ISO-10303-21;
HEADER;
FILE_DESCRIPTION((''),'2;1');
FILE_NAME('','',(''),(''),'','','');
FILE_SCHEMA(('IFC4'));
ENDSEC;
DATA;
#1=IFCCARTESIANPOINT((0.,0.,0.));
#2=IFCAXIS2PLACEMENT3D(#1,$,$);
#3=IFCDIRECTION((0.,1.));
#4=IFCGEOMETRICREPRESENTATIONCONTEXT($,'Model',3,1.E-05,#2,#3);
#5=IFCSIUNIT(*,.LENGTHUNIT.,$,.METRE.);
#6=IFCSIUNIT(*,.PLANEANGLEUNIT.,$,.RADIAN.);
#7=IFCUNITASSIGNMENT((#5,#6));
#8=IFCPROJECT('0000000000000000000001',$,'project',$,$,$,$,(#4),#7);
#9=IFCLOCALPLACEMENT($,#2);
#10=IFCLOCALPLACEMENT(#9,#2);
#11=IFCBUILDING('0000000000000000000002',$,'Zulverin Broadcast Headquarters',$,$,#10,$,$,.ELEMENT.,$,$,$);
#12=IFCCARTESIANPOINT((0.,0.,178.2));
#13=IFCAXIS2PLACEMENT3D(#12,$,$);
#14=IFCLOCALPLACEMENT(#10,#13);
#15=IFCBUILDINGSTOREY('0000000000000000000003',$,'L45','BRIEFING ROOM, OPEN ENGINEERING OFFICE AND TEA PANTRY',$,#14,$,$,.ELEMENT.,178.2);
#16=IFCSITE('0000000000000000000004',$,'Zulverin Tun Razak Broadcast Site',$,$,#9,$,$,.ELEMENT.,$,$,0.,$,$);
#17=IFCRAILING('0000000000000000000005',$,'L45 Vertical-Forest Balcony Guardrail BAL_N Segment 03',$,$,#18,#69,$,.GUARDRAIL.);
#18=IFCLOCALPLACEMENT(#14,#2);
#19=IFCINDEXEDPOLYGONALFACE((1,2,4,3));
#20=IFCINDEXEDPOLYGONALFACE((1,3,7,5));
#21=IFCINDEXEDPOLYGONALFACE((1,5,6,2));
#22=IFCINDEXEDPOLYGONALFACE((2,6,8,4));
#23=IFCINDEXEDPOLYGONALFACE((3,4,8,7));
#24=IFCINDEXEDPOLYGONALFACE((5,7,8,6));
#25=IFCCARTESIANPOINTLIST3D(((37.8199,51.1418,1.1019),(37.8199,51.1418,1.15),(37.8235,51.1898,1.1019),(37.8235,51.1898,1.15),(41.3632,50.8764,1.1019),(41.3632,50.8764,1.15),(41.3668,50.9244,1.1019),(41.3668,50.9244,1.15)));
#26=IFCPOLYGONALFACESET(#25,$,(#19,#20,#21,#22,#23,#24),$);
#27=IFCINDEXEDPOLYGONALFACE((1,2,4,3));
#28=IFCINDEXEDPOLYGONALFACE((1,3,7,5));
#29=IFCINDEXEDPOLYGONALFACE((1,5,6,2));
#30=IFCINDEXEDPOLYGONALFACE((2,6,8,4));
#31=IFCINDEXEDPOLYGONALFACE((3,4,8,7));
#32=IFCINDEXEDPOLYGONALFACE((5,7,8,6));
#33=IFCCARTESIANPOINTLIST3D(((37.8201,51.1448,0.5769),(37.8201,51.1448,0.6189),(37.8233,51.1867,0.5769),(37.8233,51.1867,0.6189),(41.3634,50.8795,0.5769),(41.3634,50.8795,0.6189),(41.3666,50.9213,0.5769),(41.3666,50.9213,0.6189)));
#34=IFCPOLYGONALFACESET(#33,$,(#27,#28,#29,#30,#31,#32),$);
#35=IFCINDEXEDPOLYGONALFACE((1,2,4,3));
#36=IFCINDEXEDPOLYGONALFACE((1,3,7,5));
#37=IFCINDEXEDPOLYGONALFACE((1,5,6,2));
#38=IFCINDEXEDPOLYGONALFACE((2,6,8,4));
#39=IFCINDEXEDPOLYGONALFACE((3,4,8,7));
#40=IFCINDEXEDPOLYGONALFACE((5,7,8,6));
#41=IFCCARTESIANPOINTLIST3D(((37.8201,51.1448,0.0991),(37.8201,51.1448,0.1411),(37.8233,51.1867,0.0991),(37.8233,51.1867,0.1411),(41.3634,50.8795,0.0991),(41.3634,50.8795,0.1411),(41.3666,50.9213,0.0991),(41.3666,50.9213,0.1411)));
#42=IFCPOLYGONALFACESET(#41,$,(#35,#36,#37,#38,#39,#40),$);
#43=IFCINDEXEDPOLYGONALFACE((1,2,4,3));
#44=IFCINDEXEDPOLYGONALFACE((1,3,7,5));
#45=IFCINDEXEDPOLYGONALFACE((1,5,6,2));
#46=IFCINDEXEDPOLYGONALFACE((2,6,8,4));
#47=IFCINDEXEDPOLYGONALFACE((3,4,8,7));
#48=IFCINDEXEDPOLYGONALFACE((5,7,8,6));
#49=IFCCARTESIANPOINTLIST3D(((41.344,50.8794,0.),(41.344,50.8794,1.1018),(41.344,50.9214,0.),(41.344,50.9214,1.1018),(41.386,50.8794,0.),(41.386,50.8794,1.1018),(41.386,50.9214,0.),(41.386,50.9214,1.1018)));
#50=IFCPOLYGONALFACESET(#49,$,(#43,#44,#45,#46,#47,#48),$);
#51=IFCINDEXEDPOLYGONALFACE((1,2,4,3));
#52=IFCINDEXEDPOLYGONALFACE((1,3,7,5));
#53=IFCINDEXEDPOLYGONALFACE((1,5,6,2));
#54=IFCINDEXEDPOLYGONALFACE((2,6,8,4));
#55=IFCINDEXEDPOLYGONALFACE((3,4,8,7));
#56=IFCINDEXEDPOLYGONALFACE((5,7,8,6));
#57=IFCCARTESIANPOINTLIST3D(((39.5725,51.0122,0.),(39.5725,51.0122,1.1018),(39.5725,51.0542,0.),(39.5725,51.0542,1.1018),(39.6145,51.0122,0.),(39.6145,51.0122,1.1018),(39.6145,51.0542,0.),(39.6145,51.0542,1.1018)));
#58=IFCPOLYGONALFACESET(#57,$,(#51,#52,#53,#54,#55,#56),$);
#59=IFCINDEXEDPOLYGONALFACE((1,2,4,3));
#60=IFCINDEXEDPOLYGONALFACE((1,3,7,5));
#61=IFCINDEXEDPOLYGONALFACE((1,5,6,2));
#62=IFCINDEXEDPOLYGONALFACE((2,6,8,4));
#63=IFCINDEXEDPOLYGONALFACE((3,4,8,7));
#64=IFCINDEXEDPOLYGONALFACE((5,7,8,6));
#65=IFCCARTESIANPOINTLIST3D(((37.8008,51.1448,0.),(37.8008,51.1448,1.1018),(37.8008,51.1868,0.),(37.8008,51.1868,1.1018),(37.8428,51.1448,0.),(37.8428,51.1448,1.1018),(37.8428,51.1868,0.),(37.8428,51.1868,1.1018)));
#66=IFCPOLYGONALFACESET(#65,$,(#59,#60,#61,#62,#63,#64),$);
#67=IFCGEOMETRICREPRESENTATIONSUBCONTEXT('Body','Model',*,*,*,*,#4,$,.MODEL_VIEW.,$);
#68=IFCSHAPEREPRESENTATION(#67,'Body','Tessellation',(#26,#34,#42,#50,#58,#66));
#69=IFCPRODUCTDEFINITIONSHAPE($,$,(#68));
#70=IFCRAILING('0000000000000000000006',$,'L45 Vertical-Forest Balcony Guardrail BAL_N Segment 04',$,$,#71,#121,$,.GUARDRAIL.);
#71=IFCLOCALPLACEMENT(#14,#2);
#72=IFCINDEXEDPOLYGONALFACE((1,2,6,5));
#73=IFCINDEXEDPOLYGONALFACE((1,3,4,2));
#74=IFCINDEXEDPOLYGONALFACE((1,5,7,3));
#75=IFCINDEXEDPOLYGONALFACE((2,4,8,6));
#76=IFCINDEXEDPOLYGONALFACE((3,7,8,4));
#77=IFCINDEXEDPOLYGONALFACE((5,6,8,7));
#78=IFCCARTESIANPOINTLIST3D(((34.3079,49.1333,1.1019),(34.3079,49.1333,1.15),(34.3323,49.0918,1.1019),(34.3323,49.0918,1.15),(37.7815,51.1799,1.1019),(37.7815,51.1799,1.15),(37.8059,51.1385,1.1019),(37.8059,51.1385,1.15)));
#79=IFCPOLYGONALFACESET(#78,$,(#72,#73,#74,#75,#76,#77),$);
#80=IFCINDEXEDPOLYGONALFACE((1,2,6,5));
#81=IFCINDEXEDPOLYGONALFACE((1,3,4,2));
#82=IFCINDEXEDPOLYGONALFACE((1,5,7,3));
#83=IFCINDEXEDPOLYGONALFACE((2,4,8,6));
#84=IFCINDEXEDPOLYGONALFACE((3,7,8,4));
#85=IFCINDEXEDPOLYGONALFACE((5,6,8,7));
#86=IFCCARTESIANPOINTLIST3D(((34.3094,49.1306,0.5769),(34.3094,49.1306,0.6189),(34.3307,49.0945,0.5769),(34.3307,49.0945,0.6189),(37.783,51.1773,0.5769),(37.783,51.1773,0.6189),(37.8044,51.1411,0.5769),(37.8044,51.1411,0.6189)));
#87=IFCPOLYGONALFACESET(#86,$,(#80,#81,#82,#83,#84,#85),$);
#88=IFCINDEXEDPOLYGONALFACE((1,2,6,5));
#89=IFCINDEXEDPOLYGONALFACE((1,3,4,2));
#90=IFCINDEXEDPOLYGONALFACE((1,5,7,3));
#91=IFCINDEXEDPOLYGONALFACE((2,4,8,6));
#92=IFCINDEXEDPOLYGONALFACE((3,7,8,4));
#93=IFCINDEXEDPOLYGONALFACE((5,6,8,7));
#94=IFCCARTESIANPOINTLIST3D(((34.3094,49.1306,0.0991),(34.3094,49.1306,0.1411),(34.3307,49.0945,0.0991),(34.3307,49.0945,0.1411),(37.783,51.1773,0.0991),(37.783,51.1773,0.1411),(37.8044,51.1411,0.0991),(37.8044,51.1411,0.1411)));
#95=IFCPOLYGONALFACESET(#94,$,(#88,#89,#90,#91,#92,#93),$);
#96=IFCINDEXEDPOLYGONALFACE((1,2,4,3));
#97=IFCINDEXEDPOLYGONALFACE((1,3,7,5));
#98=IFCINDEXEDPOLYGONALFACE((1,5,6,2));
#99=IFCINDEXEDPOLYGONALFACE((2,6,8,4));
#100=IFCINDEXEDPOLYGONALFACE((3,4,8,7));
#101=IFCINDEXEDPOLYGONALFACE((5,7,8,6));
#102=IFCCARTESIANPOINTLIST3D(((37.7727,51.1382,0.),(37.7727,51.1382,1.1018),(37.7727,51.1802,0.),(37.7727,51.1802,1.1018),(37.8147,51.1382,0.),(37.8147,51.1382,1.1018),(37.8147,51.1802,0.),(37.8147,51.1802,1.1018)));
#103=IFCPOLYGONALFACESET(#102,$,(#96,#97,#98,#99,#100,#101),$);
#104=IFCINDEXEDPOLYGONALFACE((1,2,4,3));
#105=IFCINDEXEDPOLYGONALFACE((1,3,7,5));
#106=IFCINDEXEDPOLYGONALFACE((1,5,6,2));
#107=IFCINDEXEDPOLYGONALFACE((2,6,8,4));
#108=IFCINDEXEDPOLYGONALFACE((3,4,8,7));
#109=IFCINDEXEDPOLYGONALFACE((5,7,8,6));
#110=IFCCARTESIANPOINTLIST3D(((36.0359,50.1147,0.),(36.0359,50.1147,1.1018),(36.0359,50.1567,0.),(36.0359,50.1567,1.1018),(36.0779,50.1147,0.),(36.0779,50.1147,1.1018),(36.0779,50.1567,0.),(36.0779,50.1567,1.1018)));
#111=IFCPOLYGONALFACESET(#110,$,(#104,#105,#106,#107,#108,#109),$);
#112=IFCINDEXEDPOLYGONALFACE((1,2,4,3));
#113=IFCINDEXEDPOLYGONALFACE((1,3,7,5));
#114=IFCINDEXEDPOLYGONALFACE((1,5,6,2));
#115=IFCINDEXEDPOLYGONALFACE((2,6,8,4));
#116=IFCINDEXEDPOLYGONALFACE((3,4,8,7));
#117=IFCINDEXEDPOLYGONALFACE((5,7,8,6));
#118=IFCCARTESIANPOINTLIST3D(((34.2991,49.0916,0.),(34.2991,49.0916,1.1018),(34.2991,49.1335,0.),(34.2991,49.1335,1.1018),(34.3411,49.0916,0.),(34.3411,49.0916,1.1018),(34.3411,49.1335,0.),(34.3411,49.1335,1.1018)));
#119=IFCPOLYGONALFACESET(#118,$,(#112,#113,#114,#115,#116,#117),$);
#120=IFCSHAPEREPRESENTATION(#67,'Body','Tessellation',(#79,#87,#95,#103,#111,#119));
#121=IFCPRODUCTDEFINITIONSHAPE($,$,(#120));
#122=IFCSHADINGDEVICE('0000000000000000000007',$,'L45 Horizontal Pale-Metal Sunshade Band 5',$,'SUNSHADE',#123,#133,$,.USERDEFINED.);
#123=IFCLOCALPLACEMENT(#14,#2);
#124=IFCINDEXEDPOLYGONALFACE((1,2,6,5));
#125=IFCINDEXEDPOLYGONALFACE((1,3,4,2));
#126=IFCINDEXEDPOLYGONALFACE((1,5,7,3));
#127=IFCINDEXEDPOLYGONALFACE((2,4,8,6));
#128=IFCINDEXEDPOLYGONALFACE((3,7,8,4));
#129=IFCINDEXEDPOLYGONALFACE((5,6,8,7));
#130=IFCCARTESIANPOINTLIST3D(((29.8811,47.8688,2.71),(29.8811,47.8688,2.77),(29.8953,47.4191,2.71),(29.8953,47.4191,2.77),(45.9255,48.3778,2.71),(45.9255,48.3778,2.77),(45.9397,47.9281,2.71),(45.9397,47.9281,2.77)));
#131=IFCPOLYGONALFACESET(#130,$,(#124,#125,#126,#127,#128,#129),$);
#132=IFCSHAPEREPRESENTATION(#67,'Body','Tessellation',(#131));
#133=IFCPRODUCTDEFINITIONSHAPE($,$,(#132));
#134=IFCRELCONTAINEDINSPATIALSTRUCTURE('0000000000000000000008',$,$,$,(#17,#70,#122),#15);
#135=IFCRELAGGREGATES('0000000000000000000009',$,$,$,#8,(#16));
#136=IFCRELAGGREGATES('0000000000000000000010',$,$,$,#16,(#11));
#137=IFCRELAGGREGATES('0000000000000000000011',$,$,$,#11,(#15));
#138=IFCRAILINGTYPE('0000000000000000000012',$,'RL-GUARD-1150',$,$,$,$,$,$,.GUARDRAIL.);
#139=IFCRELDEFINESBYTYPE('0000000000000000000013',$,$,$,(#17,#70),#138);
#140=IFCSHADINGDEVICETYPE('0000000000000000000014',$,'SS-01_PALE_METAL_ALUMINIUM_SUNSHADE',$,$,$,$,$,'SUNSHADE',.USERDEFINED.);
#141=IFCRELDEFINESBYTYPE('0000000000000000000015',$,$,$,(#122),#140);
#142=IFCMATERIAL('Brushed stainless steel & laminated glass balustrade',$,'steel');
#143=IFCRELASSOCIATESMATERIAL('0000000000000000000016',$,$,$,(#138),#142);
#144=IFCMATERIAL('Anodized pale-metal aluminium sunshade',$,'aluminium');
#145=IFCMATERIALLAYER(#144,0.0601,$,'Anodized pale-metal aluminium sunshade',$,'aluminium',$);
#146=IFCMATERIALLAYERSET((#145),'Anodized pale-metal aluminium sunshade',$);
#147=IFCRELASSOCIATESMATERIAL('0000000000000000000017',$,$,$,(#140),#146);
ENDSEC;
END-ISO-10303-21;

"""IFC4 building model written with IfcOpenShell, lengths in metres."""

from ifc_helpers import new_model, si_unit, direction, frame, origin, origin_2d, place, context, subcontext, project, spatial, rectangle, extrude, material, layer, layer_set, type_object, element, save


model = new_model("IFC4")

# Units and contexts
model_context = context("Model", 3, precision=1e-05, world=origin(), true_north=direction((0.0, 1.0)))
body_context = subcontext(model_context, "Body", "Model", "MODEL_VIEW")
ifc_project = project(units=[si_unit("LENGTHUNIT", "METRE"), si_unit("PLANEANGLEUNIT", "RADIAN")], contexts=[model_context])

# Site, building, storey
site_placement = place(None, origin())
site = spatial("IfcSite", under=ifc_project, at=site_placement, Name="Zulverin Tun Razak Broadcast Site", CompositionType="ELEMENT", RefElevation=0.0)
building_placement = place(site_placement, origin())
building = spatial("IfcBuilding", under=site, at=building_placement, Name="Zulverin Broadcast Headquarters", CompositionType="ELEMENT")
storey_placement = place(building_placement, frame((0.0, 0.0, 178.2)))
storey = spatial("IfcBuildingStorey", under=building, at=storey_placement, Name="L45", Description="BRIEFING ROOM, OPEN ENGINEERING OFFICE AND TEA PANTRY", CompositionType="ELEMENT", Elevation=178.2)

# Railings
ifc_material_1 = material(Name="Brushed stainless steel & laminated glass balustrade", Category="steel")
railing_type = type_object("IfcRailingType", Name="RL-GUARD-1150", PredefinedType="GUARDRAIL", material=ifc_material_1)
railing_1_placement = place(storey_placement, frame((41.365, 50.9004, 0.0)))
element("IfcRailing", 1, at=railing_1_placement, inside=storey, type_object=railing_type, Name="L45 Vertical-Forest Balcony Guardrail BAL_N Segment 03", PredefinedType="GUARDRAIL", context=body_context, shape_type="SweptSolid", body=[
    extrude(rectangle(XDim=0.0481, YDim=0.0481, at=origin_2d()), frame((0.0, 0.0, 1.126), z_axis=(-0.997207, 0.074689, 0.0), x_axis=(-0.074689, -0.997207, 0.0)), (0.0, 0.0, 1.0), 3.5532),
    extrude(rectangle(XDim=0.042, YDim=0.042, at=origin_2d()), frame((0.0, 0.0, 0.5979), z_axis=(-0.997207, 0.074689, 0.0), x_axis=(-0.074689, -0.997207, 0.0)), (0.0, 0.0, 1.0), 3.5532),
    extrude(rectangle(XDim=0.042, YDim=0.042, at=origin_2d()), frame((0.0, 0.0, 0.1201), z_axis=(-0.997207, 0.074689, 0.0), x_axis=(-0.074689, -0.997207, 0.0)), (0.0, 0.0, 1.0), 3.5532),
    extrude(rectangle(XDim=0.042, YDim=0.042, at=origin_2d()), origin(), (0.0, 0.0, 1.0), 1.1018),
    extrude(rectangle(XDim=0.042, YDim=0.042, at=origin_2d()), frame((-1.7715, 0.1328, 0.0)), (0.0, 0.0, 1.0), 1.1018),
    extrude(rectangle(XDim=0.042, YDim=0.042, at=origin_2d()), frame((-3.5432, 0.2654, 0.0)), (0.0, 0.0, 1.0), 1.1018),
])
railing_2_placement = place(storey_placement, frame((37.7937, 51.1592, 0.0)))
element("IfcRailing", 2, at=railing_2_placement, inside=storey, type_object=railing_type, Name="L45 Vertical-Forest Balcony Guardrail BAL_N Segment 04", PredefinedType="GUARDRAIL", context=body_context, shape_type="SweptSolid", body=[
    extrude(rectangle(XDim=0.0481, YDim=0.0481, at=origin_2d()), frame((0.0, 0.0, 1.126), z_axis=(-0.861574, -0.507631, 0.0), x_axis=(0.507631, -0.861574, 0.0)), (0.0, 0.0, 1.0), 4.0317),
    extrude(rectangle(XDim=0.042, YDim=0.042, at=origin_2d()), frame((0.0, 0.0, 0.5979), z_axis=(-0.861574, -0.507631, 0.0), x_axis=(0.507631, -0.861574, 0.0)), (0.0, 0.0, 1.0), 4.0317),
    extrude(rectangle(XDim=0.042, YDim=0.042, at=origin_2d()), frame((0.0, 0.0, 0.1201), z_axis=(-0.861574, -0.507631, 0.0), x_axis=(0.507631, -0.861574, 0.0)), (0.0, 0.0, 1.0), 4.0317),
    extrude(rectangle(XDim=0.042, YDim=0.042, at=origin_2d()), origin(), (0.0, 0.0, 1.0), 1.1018),
    extrude(rectangle(XDim=0.042, YDim=0.042, at=origin_2d()), frame((-1.7368, -1.0234, 0.0)), (0.0, 0.0, 1.0), 1.1018),
    extrude(rectangle(XDim=0.042, YDim=0.042, at=origin_2d()), frame((-3.4736, -2.0466, 0.0)), (0.0, 0.0, 1.0), 1.1018),
])

# Shading device
ifc_material_2 = material(Name="Anodized pale-metal aluminium sunshade", Category="aluminium")
ifc_layer_1 = layer(ifc_material_2, 0.0601, Name="Anodized pale-metal aluminium sunshade", Category="aluminium")
ifc_layer_set_1 = layer_set([ifc_layer_1], Name="Anodized pale-metal aluminium sunshade")
shading_device_type = type_object("IfcShadingDeviceType", Name="SS-01_PALE_METAL_ALUMINIUM_SUNSHADE", ElementType="SUNSHADE", PredefinedType="USERDEFINED", material=ifc_layer_set_1)
shading_device_placement = place(storey_placement, frame((37.9104, 47.8984, 2.71), z_axis=(0.0, 0.0, 1.0), x_axis=(-0.999497, -0.031709, 0.0)))
element("IfcShadingDevice", 3, at=shading_device_placement, inside=storey, type_object=shading_device_type, Name="L45 Horizontal Pale-Metal Sunshade Band 5", ObjectType="SUNSHADE", PredefinedType="USERDEFINED", context=body_context, shape_type="SweptSolid", body=[
    extrude(rectangle(XDim=16.0525, YDim=0.45, at=origin_2d()), origin(), (0.0, 0.0, 1.0), 0.0601),
])

save(model, "model.ifc")
